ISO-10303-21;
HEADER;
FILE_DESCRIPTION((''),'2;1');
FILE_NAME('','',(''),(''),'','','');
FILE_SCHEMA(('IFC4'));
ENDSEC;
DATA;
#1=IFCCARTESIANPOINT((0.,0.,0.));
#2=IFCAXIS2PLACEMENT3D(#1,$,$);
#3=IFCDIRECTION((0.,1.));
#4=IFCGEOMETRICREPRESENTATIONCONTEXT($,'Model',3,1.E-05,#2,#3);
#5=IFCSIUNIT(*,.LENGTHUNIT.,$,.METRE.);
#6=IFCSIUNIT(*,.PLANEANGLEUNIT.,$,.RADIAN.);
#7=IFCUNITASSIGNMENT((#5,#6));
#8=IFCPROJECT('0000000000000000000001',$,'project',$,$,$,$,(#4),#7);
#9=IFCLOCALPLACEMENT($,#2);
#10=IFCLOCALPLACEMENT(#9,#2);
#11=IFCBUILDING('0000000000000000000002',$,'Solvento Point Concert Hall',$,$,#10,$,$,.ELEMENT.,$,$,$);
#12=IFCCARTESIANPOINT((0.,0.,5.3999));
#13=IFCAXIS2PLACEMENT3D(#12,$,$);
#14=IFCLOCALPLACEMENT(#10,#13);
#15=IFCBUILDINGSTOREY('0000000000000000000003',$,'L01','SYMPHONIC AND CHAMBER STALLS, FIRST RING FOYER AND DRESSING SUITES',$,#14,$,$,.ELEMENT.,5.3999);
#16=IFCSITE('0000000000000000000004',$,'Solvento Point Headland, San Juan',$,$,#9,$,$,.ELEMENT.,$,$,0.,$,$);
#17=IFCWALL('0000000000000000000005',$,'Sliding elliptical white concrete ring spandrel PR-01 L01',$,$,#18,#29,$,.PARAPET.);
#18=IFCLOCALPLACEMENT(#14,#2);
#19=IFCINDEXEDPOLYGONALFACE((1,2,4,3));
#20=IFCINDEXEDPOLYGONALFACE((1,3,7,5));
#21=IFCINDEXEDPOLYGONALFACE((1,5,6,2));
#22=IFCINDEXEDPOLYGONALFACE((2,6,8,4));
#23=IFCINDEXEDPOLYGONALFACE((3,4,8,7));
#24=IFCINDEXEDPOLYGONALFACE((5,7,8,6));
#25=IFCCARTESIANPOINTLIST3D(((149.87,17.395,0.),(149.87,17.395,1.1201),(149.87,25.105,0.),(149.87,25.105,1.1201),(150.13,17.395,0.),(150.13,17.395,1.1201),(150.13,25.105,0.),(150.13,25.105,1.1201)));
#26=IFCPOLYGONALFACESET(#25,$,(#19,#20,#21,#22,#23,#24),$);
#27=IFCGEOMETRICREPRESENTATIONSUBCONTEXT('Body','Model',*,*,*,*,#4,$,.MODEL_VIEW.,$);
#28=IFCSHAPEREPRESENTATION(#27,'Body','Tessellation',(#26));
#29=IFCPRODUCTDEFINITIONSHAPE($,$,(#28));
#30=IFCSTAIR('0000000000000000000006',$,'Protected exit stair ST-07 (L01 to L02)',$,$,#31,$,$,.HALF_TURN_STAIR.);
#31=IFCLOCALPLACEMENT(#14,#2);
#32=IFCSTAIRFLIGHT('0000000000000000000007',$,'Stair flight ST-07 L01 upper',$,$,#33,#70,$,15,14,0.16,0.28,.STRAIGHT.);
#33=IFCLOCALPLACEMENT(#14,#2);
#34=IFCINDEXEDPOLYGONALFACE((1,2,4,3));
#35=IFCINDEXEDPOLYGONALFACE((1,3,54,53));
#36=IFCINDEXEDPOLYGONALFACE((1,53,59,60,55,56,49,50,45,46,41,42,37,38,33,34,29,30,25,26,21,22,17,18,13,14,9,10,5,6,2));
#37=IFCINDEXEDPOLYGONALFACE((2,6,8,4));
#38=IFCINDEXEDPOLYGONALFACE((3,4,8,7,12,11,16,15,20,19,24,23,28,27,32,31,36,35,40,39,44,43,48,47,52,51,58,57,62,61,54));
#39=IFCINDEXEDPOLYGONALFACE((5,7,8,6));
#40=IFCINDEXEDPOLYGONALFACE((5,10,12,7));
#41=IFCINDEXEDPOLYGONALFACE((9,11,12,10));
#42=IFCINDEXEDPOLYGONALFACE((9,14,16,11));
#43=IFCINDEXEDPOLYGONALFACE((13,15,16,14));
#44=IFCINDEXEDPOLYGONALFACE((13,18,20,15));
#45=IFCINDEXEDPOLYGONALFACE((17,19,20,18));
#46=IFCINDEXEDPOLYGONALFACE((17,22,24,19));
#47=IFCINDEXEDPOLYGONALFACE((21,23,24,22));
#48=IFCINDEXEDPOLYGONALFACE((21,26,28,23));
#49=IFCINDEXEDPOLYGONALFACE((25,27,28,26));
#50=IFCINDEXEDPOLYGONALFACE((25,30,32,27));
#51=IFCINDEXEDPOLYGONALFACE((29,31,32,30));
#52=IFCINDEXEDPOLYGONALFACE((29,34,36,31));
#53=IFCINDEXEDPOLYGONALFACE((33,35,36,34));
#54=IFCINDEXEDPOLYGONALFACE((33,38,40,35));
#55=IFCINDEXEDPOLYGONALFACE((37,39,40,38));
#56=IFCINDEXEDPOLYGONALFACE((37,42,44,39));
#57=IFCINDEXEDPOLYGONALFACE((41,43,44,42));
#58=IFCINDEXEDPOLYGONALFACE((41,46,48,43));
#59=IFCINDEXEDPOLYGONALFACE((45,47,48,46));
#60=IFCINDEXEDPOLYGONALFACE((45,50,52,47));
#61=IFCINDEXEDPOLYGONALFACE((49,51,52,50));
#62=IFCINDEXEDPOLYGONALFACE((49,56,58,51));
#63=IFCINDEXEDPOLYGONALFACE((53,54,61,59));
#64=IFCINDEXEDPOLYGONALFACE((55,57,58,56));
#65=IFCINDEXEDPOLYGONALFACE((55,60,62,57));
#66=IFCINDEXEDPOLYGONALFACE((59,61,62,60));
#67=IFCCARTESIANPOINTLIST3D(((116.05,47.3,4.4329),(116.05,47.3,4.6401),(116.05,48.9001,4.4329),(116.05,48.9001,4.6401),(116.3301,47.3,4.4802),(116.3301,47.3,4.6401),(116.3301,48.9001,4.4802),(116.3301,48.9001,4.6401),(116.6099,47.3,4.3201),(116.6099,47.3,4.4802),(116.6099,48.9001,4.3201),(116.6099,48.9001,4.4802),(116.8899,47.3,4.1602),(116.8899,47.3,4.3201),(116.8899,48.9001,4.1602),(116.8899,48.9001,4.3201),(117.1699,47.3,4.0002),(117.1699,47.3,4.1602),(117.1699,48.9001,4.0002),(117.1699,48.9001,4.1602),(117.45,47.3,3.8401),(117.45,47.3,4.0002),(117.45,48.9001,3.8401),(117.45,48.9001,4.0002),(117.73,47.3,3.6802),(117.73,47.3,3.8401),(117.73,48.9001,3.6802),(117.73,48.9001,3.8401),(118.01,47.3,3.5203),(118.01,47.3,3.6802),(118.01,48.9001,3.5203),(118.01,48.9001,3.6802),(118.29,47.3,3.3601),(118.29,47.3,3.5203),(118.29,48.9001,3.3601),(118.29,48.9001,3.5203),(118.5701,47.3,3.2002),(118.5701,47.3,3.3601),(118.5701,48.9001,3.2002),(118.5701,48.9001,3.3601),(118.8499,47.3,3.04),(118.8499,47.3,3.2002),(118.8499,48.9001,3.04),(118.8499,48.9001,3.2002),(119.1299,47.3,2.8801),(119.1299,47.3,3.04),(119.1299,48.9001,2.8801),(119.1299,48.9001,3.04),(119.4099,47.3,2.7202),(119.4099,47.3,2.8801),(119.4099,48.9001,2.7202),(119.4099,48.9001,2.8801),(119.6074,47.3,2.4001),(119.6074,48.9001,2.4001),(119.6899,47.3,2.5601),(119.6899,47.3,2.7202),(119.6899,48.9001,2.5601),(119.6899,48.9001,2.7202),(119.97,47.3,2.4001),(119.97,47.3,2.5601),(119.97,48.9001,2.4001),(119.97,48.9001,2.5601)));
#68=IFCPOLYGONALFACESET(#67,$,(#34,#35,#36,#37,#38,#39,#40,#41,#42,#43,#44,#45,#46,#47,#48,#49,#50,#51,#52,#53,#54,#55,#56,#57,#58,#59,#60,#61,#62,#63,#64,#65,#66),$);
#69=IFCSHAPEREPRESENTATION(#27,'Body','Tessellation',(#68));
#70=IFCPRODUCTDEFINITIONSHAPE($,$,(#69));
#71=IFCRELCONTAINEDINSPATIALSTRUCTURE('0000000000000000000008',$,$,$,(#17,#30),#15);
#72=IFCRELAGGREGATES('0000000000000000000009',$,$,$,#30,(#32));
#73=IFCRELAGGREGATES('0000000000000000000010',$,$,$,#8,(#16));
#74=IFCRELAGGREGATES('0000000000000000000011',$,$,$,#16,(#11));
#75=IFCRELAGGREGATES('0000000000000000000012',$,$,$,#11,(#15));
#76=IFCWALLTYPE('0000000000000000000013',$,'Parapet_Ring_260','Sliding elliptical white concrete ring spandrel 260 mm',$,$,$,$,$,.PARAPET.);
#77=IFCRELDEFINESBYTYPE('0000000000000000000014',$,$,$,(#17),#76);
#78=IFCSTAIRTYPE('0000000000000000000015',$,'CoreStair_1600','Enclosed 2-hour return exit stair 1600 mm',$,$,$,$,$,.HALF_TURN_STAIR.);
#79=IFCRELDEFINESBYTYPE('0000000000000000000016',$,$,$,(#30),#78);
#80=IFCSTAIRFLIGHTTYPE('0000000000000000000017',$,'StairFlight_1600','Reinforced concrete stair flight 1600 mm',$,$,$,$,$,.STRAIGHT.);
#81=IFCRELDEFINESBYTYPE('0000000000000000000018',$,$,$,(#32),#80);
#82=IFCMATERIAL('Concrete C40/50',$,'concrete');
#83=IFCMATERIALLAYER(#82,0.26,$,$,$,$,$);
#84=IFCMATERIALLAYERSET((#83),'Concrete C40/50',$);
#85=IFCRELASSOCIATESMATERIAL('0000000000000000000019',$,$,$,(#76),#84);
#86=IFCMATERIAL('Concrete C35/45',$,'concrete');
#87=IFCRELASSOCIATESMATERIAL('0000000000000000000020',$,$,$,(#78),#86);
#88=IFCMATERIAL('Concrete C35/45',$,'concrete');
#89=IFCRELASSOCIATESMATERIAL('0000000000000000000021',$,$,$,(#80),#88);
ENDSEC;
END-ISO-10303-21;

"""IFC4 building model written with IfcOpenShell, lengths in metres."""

from ifc_helpers import new_model, si_unit, direction, frame, frame_2d, origin, place, context, subcontext, project, spatial, polyline, rectangle, outline, extrude, material, layer, layer_set, type_object, element, aggregate, save


model = new_model("IFC4")

# Units and contexts
model_context = context("Model", 3, precision=1e-05, world=origin(), true_north=direction((0.0, 1.0)))
body_context = subcontext(model_context, "Body", "Model", "MODEL_VIEW")
ifc_project = project(units=[si_unit("LENGTHUNIT", "METRE"), si_unit("PLANEANGLEUNIT", "RADIAN")], contexts=[model_context])

# Site, building, storey
site_placement = place(None, origin())
site = spatial("IfcSite", under=ifc_project, at=site_placement, Name="Solvento Point Headland, San Juan", CompositionType="ELEMENT", RefElevation=0.0)
building_placement = place(site_placement, origin())
building = spatial("IfcBuilding", under=site, at=building_placement, Name="Solvento Point Concert Hall", CompositionType="ELEMENT")
storey_placement = place(building_placement, frame((0.0, 0.0, 5.3999)))
storey = spatial("IfcBuildingStorey", under=building, at=storey_placement, Name="L01", Description="SYMPHONIC AND CHAMBER STALLS, FIRST RING FOYER AND DRESSING SUITES", CompositionType="ELEMENT", Elevation=5.3999)

# Wall
ifc_material_1 = material(Name="Concrete C40/50", Category="concrete")
ifc_layer_1 = layer(ifc_material_1, 0.26)
ifc_layer_set_1 = layer_set([ifc_layer_1], Name="Concrete C40/50")
wall_type_1 = type_object("IfcWallType", Name="Parapet_Ring_260", Description="Sliding elliptical white concrete ring spandrel 260 mm", PredefinedType="PARAPET", material=ifc_layer_set_1)
wall_1_placement = place(storey_placement, frame((150.0, 17.395, 0.0), z_axis=(0.0, 0.0, 1.0), x_axis=(0.0, 1.0, 0.0)))
element("IfcWall", 1, at=wall_1_placement, inside=storey, type_object=wall_type_1, Name="Sliding elliptical white concrete ring spandrel PR-01 L01", PredefinedType="PARAPET", context=body_context, shape_type="SweptSolid", body=[
    extrude(rectangle(XDim=7.71, YDim=0.26, at=frame_2d((3.855, 0.0))), origin(), (0.0, 0.0, 1.0), 1.1201),
])

# Stair, stair flight
ifc_material_2 = material(Name="Concrete C35/45", Category="concrete")
stair_type = type_object("IfcStairType", Name="CoreStair_1600", Description="Enclosed 2-hour return exit stair 1600 mm", PredefinedType="HALF_TURN_STAIR", material=ifc_material_2)
stair_placement = place(storey_placement, origin())
stair = element("IfcStair", 2, at=stair_placement, inside=storey, type_object=stair_type, Name="Protected exit stair ST-07 (L01 to L02)", PredefinedType="HALF_TURN_STAIR")
ifc_material_3 = material(Name="Concrete C35/45", Category="concrete")
stair_flight_type = type_object("IfcStairFlightType", Name="StairFlight_1600", Description="Reinforced concrete stair flight 1600 mm", PredefinedType="STRAIGHT", material=ifc_material_3)
stair_flight_placement = place(storey_placement, frame((119.97, 48.1001, 2.4001), z_axis=(0.0, 0.0, 1.0), x_axis=(-1.0, 0.0, 0.0)))
stair_flight = element("IfcStairFlight", 3, at=stair_flight_placement, type_object=stair_flight_type, Name="Stair flight ST-07 L01 upper", NumberOfRisers=15, NumberOfTreads=14, PredefinedType="STRAIGHT", RiserHeight=0.16, TreadLength=0.28, context=body_context, shape_type="SweptSolid", body=[
    extrude(outline(polyline([(0.0, 0.0), (0.0, 0.1599), (0.28, 0.1599), (0.28, 0.3201), (0.5601, 0.3201), (0.5601, 0.48), (0.8401, 0.48), (0.8401, 0.6399), (1.1201, 0.6399), (1.1201, 0.8), (1.3999, 0.8), (1.3999, 0.96), (1.6799, 0.96), (1.6799, 1.1201), (1.96, 1.1201), (1.96, 1.28), (2.24, 1.28), (2.24, 1.4399), (2.52, 1.4399), (2.52, 1.6001), (2.8, 1.6001), (2.8, 1.76), (3.0801, 1.76), (3.0801, 1.9199), (3.3601, 1.9199), (3.3601, 2.0801), (3.6399, 2.0801), (3.6399, 2.24), (3.9199, 2.24), (3.9199, 2.3999), (3.9199, 2.0327), (0.3625, 0.0), (0.0, 0.0)])), frame((0.0, 0.8, 0.0), z_axis=(0.0, -1.0, 0.0), x_axis=(1.0, 0.0, 0.0)), (0.0, 0.0, 1.0), 1.6001),
])
aggregate(stair, [stair_flight])

save(model, "model.ifc")
